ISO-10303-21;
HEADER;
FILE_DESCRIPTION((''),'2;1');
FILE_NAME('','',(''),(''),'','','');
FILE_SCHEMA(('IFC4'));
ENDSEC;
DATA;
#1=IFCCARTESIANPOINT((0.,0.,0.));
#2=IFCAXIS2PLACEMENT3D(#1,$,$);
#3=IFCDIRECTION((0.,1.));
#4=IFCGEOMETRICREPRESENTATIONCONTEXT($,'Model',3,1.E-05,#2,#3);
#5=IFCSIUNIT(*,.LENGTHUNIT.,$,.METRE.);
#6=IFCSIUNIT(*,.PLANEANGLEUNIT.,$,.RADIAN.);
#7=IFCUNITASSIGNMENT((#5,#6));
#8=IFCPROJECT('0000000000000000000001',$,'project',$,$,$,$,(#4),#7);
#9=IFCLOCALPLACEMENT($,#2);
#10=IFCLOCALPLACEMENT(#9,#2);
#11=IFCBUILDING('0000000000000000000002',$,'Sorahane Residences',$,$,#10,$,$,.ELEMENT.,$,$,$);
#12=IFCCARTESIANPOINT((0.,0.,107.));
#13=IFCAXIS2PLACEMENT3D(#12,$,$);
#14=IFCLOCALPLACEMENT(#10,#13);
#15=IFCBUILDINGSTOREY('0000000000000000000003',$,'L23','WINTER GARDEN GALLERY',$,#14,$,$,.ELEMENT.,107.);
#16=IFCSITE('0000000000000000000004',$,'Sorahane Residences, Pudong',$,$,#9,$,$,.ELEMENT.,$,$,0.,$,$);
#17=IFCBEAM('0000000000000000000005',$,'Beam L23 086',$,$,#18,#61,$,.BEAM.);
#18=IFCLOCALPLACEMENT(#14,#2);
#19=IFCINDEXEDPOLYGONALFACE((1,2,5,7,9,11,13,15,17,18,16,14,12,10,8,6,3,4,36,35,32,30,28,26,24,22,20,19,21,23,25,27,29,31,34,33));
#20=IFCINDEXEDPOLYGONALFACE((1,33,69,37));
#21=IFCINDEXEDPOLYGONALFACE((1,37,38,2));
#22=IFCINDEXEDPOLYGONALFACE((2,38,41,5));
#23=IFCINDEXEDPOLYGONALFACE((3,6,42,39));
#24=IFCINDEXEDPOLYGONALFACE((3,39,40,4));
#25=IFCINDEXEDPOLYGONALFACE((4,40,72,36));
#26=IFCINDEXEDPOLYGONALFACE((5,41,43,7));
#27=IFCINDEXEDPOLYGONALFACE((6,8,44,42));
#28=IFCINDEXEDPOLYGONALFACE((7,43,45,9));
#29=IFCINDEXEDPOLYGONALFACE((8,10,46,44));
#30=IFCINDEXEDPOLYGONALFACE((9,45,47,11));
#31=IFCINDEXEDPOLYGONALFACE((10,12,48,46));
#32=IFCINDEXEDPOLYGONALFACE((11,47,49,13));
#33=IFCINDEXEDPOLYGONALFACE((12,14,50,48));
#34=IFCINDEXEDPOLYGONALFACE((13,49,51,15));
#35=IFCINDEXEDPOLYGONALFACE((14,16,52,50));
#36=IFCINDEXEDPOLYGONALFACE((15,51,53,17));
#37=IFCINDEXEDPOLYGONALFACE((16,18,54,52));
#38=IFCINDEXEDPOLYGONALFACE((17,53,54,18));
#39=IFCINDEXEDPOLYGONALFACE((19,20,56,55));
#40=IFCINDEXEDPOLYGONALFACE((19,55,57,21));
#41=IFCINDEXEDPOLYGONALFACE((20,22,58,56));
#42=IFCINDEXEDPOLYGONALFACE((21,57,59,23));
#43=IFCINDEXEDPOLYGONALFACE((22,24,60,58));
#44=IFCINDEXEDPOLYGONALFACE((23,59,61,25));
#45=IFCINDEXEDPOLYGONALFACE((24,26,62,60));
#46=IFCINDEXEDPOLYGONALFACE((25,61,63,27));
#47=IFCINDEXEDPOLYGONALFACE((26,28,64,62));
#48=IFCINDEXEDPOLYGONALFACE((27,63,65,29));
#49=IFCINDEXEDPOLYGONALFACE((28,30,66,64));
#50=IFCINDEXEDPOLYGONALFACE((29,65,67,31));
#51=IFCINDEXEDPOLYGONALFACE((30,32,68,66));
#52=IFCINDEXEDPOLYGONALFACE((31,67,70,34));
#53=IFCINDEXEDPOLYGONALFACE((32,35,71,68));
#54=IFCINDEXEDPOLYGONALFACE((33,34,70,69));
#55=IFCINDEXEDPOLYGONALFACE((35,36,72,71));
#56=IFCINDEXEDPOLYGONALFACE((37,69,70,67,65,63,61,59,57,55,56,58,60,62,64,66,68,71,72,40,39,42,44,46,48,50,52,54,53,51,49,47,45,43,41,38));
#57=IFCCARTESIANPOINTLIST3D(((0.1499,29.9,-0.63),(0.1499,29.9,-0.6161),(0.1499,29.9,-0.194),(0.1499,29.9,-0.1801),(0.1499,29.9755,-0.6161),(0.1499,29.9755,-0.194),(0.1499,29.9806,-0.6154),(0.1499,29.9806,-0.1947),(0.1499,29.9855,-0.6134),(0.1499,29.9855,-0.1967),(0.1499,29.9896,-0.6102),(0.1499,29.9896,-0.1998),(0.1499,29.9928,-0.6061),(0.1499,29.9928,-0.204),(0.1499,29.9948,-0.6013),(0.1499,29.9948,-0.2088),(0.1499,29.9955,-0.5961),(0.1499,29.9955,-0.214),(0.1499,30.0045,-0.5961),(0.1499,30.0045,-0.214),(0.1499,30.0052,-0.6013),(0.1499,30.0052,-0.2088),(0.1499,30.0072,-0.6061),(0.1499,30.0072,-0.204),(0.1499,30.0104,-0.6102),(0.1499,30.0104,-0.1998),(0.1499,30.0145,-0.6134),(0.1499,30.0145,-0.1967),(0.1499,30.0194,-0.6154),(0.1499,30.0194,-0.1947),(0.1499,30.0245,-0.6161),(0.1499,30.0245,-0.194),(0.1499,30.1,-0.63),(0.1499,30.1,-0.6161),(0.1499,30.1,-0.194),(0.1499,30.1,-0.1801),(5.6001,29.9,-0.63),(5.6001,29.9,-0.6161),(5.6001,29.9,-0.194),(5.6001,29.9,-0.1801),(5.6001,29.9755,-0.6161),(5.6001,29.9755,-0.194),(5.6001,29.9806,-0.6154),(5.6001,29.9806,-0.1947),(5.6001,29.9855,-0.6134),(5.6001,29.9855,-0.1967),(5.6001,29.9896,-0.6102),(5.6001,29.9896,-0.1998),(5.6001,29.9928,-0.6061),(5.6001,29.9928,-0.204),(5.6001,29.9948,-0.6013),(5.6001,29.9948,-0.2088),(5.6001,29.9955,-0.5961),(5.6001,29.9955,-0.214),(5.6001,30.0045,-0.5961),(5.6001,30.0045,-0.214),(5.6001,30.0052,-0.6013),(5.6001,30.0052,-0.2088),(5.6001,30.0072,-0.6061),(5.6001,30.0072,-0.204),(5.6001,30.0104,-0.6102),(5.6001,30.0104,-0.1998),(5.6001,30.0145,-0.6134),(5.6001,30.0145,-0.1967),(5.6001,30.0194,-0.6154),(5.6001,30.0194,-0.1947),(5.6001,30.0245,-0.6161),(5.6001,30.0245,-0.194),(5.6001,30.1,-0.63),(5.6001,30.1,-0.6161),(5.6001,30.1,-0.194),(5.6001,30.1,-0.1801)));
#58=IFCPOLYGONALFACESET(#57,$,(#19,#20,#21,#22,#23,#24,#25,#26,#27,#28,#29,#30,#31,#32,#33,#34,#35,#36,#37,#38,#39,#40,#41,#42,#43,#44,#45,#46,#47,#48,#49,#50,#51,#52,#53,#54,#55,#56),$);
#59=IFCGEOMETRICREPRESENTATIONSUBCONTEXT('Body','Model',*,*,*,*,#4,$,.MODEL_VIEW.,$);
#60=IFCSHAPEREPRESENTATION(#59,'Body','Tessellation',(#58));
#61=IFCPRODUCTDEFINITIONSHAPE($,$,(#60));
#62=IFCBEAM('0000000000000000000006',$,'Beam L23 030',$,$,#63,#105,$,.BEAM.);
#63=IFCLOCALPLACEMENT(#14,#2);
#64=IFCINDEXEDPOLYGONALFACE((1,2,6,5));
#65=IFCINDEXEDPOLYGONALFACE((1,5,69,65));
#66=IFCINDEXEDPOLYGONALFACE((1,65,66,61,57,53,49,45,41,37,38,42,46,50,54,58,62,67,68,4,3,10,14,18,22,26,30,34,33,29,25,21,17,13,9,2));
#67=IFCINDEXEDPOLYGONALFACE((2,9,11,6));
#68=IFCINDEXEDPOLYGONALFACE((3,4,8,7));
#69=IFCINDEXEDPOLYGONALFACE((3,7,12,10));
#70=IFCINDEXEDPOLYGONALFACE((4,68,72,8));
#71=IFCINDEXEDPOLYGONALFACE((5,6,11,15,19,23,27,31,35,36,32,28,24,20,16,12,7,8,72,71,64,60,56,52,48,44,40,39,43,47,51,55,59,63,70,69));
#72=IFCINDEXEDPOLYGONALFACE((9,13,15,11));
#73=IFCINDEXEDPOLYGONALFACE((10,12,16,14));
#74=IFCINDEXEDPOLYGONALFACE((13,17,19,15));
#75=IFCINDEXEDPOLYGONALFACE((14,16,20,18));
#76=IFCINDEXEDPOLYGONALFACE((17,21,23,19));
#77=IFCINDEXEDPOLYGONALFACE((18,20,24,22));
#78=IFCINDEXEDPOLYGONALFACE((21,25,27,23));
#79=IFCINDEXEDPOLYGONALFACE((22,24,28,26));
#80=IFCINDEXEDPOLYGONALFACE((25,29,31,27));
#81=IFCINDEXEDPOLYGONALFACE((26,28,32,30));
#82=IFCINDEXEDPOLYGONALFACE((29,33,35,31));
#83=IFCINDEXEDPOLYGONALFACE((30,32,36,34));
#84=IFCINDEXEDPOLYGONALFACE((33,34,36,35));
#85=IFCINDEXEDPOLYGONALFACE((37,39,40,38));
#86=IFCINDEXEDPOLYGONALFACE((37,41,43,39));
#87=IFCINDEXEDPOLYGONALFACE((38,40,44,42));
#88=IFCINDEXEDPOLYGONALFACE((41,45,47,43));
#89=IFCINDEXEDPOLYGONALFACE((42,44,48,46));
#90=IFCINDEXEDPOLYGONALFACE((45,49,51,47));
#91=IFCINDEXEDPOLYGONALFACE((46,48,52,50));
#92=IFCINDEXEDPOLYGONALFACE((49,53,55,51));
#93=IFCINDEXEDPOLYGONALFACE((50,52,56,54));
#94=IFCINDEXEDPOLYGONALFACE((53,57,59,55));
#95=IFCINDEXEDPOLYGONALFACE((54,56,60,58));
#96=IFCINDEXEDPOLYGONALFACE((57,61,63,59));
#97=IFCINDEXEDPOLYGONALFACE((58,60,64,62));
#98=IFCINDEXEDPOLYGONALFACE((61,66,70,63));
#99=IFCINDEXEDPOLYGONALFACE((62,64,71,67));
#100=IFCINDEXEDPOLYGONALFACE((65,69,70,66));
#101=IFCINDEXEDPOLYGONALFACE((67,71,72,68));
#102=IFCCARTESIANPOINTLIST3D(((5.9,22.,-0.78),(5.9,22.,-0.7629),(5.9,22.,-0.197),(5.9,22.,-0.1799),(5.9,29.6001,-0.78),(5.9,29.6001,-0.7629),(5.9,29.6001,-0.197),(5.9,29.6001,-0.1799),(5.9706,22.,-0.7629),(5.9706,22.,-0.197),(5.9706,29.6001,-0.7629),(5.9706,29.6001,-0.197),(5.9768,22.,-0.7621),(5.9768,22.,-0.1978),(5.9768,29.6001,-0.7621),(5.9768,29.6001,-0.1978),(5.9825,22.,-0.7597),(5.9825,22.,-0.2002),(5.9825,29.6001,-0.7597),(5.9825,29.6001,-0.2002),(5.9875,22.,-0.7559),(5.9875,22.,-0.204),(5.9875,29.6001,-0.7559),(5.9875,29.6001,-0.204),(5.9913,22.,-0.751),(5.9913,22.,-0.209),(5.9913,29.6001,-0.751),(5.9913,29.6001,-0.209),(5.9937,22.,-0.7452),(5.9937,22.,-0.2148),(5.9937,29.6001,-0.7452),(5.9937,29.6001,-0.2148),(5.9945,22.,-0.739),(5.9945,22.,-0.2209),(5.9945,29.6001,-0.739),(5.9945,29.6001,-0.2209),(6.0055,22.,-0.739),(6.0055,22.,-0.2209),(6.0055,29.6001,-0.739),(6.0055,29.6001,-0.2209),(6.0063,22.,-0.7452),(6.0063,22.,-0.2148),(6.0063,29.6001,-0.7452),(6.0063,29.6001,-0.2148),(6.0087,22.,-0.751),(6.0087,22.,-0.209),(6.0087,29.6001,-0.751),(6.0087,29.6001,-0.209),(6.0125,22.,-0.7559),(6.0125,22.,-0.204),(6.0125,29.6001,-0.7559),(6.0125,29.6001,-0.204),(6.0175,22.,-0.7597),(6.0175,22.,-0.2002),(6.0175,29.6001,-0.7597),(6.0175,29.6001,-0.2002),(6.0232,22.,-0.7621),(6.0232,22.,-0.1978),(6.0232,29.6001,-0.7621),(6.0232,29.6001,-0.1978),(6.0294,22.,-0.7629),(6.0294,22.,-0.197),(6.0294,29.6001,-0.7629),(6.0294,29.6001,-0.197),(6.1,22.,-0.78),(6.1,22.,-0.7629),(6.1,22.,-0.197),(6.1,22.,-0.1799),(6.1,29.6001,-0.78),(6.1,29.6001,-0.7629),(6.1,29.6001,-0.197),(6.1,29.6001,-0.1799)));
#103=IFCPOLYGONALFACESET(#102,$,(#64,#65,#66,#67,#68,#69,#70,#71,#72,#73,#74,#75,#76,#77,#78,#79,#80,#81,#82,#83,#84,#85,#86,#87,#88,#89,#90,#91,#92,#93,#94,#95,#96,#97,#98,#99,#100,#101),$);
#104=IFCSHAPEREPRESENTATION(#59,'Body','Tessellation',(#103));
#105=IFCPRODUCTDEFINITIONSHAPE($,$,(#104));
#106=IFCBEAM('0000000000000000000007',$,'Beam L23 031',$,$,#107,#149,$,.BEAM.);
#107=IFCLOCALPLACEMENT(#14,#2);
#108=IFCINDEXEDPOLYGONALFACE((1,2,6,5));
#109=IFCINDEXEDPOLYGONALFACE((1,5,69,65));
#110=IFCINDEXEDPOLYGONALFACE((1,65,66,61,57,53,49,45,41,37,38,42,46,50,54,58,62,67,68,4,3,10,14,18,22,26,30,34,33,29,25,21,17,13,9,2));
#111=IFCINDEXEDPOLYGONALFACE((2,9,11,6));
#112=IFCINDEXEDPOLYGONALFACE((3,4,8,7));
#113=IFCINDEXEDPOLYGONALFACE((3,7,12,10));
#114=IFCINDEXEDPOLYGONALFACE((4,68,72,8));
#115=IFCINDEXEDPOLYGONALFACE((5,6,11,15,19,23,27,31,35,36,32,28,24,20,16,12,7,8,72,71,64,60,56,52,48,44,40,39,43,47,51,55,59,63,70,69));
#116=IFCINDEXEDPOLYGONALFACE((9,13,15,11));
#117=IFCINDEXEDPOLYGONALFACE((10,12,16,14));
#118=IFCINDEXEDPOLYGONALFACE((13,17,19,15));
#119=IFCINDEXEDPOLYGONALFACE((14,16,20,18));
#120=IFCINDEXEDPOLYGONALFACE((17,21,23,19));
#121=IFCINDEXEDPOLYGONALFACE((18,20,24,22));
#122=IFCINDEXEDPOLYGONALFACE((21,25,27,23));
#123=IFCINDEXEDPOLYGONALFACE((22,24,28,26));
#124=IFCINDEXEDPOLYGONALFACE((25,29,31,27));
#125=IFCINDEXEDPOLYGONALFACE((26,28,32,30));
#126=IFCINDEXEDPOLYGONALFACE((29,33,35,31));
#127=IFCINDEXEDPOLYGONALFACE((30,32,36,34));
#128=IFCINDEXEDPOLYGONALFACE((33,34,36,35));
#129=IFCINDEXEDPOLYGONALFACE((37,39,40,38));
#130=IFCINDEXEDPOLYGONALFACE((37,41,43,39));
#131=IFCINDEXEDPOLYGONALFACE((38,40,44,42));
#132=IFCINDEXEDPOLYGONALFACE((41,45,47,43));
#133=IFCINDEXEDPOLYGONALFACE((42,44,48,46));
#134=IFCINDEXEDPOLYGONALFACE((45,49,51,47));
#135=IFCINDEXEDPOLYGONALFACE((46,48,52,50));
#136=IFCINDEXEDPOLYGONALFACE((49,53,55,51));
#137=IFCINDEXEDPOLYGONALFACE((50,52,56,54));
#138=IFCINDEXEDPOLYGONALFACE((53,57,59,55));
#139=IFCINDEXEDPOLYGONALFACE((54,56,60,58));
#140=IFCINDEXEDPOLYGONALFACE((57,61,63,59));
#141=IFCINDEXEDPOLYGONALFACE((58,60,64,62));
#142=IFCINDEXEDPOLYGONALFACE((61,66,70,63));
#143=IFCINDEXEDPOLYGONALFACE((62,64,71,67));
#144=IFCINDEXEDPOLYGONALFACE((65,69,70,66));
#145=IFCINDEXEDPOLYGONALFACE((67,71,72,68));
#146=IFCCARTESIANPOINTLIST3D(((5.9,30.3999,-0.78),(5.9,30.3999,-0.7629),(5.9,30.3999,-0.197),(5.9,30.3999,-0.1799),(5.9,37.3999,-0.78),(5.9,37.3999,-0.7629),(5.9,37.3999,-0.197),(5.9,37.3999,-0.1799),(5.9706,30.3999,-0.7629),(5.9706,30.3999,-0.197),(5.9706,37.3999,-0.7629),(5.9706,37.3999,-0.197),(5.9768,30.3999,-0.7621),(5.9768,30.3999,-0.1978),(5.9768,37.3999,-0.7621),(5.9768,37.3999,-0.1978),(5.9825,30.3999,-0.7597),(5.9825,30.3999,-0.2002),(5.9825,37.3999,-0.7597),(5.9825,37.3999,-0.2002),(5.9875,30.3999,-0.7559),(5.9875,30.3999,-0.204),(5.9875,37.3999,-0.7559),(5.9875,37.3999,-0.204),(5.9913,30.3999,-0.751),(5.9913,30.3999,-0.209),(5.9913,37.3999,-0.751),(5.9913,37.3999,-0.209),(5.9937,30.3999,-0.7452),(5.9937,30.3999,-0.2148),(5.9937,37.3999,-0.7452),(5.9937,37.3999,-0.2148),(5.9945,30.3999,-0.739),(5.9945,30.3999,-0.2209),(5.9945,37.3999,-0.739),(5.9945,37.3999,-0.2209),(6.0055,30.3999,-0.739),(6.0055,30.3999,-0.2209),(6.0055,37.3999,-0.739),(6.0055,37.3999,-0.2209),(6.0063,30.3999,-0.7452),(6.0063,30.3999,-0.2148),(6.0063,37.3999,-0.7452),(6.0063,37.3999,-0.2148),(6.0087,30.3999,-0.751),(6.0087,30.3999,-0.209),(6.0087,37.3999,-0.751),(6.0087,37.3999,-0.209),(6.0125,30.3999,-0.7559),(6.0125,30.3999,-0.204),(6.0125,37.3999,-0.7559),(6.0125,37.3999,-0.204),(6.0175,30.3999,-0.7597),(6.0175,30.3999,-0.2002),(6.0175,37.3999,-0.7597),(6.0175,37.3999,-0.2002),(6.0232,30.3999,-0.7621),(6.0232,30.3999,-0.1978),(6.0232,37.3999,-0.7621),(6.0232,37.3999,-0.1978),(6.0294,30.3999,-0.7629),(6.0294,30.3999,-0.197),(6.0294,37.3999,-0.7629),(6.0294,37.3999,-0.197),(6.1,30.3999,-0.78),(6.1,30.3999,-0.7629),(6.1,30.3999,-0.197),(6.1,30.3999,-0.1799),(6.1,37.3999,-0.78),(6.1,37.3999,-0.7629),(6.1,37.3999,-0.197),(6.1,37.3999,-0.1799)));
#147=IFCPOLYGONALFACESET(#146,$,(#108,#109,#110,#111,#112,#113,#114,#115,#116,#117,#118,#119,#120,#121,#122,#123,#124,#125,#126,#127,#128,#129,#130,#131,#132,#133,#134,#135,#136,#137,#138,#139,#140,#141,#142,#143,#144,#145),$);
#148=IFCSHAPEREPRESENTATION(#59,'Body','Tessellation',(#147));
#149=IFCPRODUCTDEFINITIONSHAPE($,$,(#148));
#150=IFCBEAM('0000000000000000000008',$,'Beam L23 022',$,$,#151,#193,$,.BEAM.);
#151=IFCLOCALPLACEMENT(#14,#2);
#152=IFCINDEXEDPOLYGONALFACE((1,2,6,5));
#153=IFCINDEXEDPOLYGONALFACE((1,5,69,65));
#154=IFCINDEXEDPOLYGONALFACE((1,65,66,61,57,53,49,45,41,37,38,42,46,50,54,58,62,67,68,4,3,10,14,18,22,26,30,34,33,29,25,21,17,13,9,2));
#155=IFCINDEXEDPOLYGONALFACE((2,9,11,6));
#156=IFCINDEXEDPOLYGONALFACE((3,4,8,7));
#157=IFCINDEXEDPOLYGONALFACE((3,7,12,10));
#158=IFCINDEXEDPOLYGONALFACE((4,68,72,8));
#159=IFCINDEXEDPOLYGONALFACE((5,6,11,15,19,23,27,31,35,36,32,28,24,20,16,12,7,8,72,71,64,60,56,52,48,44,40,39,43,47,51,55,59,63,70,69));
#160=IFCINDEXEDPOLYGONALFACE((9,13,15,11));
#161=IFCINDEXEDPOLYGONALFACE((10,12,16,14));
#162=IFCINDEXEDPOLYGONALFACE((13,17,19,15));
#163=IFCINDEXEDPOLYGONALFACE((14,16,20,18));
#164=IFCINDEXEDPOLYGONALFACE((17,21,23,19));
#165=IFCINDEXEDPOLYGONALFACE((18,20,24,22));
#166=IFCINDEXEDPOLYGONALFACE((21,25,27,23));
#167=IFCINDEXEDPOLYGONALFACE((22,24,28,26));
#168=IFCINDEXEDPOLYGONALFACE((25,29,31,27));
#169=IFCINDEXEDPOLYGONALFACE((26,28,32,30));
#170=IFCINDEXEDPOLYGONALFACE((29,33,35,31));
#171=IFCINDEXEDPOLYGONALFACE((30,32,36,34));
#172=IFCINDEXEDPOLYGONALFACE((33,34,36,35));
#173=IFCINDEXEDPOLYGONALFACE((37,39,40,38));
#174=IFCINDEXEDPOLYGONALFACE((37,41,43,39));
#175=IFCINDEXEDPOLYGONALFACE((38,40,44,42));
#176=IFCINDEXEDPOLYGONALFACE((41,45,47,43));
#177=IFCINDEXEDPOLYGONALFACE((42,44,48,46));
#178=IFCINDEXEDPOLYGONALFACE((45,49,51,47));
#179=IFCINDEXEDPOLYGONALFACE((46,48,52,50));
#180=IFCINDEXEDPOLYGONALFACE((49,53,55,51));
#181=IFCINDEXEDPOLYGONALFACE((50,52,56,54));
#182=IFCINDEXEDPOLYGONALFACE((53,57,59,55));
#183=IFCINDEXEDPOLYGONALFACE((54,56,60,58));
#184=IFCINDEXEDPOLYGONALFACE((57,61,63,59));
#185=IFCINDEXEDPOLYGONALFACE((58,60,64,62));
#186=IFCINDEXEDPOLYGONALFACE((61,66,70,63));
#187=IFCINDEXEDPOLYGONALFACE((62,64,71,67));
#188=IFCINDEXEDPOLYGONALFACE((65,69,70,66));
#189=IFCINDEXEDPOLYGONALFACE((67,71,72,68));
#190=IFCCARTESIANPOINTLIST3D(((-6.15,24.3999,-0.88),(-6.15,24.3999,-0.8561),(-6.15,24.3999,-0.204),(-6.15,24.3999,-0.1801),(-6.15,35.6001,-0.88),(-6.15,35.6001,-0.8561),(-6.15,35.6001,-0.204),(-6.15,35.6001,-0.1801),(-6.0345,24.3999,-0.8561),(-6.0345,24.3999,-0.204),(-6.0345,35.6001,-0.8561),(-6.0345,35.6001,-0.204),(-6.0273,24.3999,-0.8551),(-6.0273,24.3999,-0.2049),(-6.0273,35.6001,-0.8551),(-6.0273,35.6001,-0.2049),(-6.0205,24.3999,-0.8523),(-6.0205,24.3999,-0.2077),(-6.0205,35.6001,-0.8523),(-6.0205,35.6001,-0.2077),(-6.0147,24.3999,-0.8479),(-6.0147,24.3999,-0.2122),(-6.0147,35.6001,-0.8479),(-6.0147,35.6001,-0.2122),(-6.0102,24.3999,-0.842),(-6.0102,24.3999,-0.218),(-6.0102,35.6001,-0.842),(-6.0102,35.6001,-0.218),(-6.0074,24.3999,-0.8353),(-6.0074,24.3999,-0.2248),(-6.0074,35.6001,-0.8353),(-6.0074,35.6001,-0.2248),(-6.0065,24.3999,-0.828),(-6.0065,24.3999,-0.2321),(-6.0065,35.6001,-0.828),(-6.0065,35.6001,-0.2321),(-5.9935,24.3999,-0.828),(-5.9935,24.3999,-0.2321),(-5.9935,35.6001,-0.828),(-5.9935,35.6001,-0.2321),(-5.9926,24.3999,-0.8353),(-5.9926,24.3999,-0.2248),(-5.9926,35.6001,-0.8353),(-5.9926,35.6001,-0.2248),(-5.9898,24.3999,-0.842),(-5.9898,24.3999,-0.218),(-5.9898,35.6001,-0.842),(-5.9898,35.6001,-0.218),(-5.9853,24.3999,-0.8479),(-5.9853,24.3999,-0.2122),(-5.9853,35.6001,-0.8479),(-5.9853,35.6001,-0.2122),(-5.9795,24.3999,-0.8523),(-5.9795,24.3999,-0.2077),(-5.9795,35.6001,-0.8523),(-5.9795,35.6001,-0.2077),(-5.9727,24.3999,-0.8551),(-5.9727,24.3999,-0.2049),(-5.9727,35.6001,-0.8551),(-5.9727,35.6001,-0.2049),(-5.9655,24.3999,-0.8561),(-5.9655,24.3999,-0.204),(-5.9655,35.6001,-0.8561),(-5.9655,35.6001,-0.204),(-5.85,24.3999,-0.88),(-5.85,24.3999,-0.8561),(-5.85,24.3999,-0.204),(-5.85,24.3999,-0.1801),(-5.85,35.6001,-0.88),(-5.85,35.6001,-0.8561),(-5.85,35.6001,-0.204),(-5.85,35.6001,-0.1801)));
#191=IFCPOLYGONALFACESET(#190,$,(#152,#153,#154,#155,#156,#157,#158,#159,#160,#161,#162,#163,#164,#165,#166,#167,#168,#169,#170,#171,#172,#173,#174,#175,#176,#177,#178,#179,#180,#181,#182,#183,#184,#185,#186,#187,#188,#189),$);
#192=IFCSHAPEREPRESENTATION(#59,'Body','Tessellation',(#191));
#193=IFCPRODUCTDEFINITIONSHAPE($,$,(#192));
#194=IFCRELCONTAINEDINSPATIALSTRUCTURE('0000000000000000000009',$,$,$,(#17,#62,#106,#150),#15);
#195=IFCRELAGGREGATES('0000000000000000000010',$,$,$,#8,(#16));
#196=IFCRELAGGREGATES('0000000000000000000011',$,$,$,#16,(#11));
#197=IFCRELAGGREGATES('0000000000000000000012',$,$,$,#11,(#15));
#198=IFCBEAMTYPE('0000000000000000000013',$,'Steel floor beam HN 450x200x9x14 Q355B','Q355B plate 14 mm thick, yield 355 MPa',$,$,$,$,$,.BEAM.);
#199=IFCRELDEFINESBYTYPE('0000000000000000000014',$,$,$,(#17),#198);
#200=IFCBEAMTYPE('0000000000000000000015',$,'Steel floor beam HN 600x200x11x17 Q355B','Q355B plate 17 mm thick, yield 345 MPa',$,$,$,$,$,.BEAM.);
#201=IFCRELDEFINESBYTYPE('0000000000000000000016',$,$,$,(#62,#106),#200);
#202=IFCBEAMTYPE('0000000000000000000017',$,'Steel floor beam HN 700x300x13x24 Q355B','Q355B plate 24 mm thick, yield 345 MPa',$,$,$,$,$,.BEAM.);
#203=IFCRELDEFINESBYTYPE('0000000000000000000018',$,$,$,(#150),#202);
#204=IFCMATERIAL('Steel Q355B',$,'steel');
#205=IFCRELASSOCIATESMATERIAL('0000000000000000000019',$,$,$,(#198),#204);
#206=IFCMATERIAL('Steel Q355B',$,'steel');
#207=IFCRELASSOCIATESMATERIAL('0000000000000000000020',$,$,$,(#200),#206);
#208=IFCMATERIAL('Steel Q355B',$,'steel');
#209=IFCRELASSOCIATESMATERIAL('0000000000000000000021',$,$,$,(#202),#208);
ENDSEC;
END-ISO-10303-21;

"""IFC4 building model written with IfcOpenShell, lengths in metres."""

from ifc_helpers import new_model, si_unit, direction, frame, origin, origin_2d, place, context, subcontext, project, spatial, i_section, extrude, material, material_profile, profile_set, type_object, element, save


model = new_model("IFC4")

# Units and contexts
model_context = context("Model", 3, precision=1e-05, world=origin(), true_north=direction((0.0, 1.0)))
body_context = subcontext(model_context, "Body", "Model", "MODEL_VIEW")
ifc_project = project(units=[si_unit("LENGTHUNIT", "METRE"), si_unit("PLANEANGLEUNIT", "RADIAN")], contexts=[model_context])

# Site, building, storey
site_placement = place(None, origin())
site = spatial("IfcSite", under=ifc_project, at=site_placement, Name="Sorahane Residences, Pudong", CompositionType="ELEMENT", RefElevation=0.0)
building_placement = place(site_placement, origin())
building = spatial("IfcBuilding", under=site, at=building_placement, Name="Sorahane Residences", CompositionType="ELEMENT")
storey_placement = place(building_placement, frame((0.0, 0.0, 107.0)))
storey = spatial("IfcBuildingStorey", under=building, at=storey_placement, Name="L23", Description="WINTER GARDEN GALLERY", CompositionType="ELEMENT", Elevation=107.0)

# Beams
ifc_material_1 = material(Name="Steel Q355B", Category="steel")
ifc_material_profile_1 = material_profile(ifc_material_1, i_section(OverallWidth=0.2, OverallDepth=0.45, WebThickness=0.009, FlangeThickness=0.0139, FilletRadius=0.02, at=origin_2d()), Name="HN 450x200x9x14")
ifc_profile_set_1 = profile_set([ifc_material_profile_1], Name="Steel Q355B")
beam_type_1 = type_object("IfcBeamType", Name="Steel floor beam HN 450x200x9x14 Q355B", Description="Q355B plate 14 mm thick, yield 355 MPa", PredefinedType="BEAM", material=ifc_profile_set_1)
beam_1_placement = place(storey_placement, frame((0.1499, 30.0, -0.405), z_axis=(1.0, 0.0, 0.0), x_axis=(0.0, 1.0, 0.0)))
element("IfcBeam", 1, at=beam_1_placement, inside=storey, type_object=beam_type_1, Name="Beam L23 086", PredefinedType="BEAM", context=body_context, shape_type="SweptSolid", body=[
    extrude(i_section(OverallWidth=0.2, OverallDepth=0.45, WebThickness=0.009, FlangeThickness=0.0139, FilletRadius=0.02, at=origin_2d()), origin(), (0.0, 0.0, 1.0), 5.4502),
])
ifc_material_2 = material(Name="Steel Q355B", Category="steel")
ifc_material_profile_2 = material_profile(ifc_material_2, i_section(OverallWidth=0.2, OverallDepth=0.6001, WebThickness=0.011, FlangeThickness=0.0171, FilletRadius=0.0239, at=origin_2d()), Name="HN 600x200x11x17")
ifc_profile_set_2 = profile_set([ifc_material_profile_2], Name="Steel Q355B")
beam_type_2 = type_object("IfcBeamType", Name="Steel floor beam HN 600x200x11x17 Q355B", Description="Q355B plate 17 mm thick, yield 345 MPa", PredefinedType="BEAM", material=ifc_profile_set_2)
beam_2_placement = place(storey_placement, frame((6.0, 22.0, -0.48), z_axis=(0.0, 1.0, 0.0), x_axis=(-1.0, 0.0, 0.0)))
element("IfcBeam", 2, at=beam_2_placement, inside=storey, type_object=beam_type_2, Name="Beam L23 030", PredefinedType="BEAM", context=body_context, shape_type="SweptSolid", body=[
    extrude(i_section(OverallWidth=0.2, OverallDepth=0.6001, WebThickness=0.011, FlangeThickness=0.0171, FilletRadius=0.0239, at=origin_2d()), origin(), (0.0, 0.0, 1.0), 7.6001),
])
beam_3_placement = place(storey_placement, frame((6.0, 30.3999, -0.48), z_axis=(0.0, 1.0, 0.0), x_axis=(-1.0, 0.0, 0.0)))
element("IfcBeam", 3, at=beam_3_placement, inside=storey, type_object=beam_type_2, Name="Beam L23 031", PredefinedType="BEAM", context=body_context, shape_type="SweptSolid", body=[
    extrude(i_section(OverallWidth=0.2, OverallDepth=0.6001, WebThickness=0.011, FlangeThickness=0.0171, FilletRadius=0.0239, at=origin_2d()), origin(), (0.0, 0.0, 1.0), 7.0),
])
ifc_material_3 = material(Name="Steel Q355B", Category="steel")
ifc_material_profile_3 = material_profile(ifc_material_3, i_section(OverallWidth=0.3, OverallDepth=0.7, WebThickness=0.0129, FlangeThickness=0.0239, FilletRadius=0.0281, at=origin_2d()), Name="HN 700x300x13x24")
ifc_profile_set_3 = profile_set([ifc_material_profile_3], Name="Steel Q355B")
beam_type_3 = type_object("IfcBeamType", Name="Steel floor beam HN 700x300x13x24 Q355B", Description="Q355B plate 24 mm thick, yield 345 MPa", PredefinedType="BEAM", material=ifc_profile_set_3)
beam_4_placement = place(storey_placement, frame((-6.0, 24.3999, -0.53), z_axis=(0.0, 1.0, 0.0), x_axis=(-1.0, 0.0, 0.0)))
element("IfcBeam", 4, at=beam_4_placement, inside=storey, type_object=beam_type_3, Name="Beam L23 022", PredefinedType="BEAM", context=body_context, shape_type="SweptSolid", body=[
    extrude(i_section(OverallWidth=0.3, OverallDepth=0.7, WebThickness=0.0129, FlangeThickness=0.0239, FilletRadius=0.0281, at=origin_2d()), origin(), (0.0, 0.0, 1.0), 11.2002),
])

save(model, "model.ifc")
